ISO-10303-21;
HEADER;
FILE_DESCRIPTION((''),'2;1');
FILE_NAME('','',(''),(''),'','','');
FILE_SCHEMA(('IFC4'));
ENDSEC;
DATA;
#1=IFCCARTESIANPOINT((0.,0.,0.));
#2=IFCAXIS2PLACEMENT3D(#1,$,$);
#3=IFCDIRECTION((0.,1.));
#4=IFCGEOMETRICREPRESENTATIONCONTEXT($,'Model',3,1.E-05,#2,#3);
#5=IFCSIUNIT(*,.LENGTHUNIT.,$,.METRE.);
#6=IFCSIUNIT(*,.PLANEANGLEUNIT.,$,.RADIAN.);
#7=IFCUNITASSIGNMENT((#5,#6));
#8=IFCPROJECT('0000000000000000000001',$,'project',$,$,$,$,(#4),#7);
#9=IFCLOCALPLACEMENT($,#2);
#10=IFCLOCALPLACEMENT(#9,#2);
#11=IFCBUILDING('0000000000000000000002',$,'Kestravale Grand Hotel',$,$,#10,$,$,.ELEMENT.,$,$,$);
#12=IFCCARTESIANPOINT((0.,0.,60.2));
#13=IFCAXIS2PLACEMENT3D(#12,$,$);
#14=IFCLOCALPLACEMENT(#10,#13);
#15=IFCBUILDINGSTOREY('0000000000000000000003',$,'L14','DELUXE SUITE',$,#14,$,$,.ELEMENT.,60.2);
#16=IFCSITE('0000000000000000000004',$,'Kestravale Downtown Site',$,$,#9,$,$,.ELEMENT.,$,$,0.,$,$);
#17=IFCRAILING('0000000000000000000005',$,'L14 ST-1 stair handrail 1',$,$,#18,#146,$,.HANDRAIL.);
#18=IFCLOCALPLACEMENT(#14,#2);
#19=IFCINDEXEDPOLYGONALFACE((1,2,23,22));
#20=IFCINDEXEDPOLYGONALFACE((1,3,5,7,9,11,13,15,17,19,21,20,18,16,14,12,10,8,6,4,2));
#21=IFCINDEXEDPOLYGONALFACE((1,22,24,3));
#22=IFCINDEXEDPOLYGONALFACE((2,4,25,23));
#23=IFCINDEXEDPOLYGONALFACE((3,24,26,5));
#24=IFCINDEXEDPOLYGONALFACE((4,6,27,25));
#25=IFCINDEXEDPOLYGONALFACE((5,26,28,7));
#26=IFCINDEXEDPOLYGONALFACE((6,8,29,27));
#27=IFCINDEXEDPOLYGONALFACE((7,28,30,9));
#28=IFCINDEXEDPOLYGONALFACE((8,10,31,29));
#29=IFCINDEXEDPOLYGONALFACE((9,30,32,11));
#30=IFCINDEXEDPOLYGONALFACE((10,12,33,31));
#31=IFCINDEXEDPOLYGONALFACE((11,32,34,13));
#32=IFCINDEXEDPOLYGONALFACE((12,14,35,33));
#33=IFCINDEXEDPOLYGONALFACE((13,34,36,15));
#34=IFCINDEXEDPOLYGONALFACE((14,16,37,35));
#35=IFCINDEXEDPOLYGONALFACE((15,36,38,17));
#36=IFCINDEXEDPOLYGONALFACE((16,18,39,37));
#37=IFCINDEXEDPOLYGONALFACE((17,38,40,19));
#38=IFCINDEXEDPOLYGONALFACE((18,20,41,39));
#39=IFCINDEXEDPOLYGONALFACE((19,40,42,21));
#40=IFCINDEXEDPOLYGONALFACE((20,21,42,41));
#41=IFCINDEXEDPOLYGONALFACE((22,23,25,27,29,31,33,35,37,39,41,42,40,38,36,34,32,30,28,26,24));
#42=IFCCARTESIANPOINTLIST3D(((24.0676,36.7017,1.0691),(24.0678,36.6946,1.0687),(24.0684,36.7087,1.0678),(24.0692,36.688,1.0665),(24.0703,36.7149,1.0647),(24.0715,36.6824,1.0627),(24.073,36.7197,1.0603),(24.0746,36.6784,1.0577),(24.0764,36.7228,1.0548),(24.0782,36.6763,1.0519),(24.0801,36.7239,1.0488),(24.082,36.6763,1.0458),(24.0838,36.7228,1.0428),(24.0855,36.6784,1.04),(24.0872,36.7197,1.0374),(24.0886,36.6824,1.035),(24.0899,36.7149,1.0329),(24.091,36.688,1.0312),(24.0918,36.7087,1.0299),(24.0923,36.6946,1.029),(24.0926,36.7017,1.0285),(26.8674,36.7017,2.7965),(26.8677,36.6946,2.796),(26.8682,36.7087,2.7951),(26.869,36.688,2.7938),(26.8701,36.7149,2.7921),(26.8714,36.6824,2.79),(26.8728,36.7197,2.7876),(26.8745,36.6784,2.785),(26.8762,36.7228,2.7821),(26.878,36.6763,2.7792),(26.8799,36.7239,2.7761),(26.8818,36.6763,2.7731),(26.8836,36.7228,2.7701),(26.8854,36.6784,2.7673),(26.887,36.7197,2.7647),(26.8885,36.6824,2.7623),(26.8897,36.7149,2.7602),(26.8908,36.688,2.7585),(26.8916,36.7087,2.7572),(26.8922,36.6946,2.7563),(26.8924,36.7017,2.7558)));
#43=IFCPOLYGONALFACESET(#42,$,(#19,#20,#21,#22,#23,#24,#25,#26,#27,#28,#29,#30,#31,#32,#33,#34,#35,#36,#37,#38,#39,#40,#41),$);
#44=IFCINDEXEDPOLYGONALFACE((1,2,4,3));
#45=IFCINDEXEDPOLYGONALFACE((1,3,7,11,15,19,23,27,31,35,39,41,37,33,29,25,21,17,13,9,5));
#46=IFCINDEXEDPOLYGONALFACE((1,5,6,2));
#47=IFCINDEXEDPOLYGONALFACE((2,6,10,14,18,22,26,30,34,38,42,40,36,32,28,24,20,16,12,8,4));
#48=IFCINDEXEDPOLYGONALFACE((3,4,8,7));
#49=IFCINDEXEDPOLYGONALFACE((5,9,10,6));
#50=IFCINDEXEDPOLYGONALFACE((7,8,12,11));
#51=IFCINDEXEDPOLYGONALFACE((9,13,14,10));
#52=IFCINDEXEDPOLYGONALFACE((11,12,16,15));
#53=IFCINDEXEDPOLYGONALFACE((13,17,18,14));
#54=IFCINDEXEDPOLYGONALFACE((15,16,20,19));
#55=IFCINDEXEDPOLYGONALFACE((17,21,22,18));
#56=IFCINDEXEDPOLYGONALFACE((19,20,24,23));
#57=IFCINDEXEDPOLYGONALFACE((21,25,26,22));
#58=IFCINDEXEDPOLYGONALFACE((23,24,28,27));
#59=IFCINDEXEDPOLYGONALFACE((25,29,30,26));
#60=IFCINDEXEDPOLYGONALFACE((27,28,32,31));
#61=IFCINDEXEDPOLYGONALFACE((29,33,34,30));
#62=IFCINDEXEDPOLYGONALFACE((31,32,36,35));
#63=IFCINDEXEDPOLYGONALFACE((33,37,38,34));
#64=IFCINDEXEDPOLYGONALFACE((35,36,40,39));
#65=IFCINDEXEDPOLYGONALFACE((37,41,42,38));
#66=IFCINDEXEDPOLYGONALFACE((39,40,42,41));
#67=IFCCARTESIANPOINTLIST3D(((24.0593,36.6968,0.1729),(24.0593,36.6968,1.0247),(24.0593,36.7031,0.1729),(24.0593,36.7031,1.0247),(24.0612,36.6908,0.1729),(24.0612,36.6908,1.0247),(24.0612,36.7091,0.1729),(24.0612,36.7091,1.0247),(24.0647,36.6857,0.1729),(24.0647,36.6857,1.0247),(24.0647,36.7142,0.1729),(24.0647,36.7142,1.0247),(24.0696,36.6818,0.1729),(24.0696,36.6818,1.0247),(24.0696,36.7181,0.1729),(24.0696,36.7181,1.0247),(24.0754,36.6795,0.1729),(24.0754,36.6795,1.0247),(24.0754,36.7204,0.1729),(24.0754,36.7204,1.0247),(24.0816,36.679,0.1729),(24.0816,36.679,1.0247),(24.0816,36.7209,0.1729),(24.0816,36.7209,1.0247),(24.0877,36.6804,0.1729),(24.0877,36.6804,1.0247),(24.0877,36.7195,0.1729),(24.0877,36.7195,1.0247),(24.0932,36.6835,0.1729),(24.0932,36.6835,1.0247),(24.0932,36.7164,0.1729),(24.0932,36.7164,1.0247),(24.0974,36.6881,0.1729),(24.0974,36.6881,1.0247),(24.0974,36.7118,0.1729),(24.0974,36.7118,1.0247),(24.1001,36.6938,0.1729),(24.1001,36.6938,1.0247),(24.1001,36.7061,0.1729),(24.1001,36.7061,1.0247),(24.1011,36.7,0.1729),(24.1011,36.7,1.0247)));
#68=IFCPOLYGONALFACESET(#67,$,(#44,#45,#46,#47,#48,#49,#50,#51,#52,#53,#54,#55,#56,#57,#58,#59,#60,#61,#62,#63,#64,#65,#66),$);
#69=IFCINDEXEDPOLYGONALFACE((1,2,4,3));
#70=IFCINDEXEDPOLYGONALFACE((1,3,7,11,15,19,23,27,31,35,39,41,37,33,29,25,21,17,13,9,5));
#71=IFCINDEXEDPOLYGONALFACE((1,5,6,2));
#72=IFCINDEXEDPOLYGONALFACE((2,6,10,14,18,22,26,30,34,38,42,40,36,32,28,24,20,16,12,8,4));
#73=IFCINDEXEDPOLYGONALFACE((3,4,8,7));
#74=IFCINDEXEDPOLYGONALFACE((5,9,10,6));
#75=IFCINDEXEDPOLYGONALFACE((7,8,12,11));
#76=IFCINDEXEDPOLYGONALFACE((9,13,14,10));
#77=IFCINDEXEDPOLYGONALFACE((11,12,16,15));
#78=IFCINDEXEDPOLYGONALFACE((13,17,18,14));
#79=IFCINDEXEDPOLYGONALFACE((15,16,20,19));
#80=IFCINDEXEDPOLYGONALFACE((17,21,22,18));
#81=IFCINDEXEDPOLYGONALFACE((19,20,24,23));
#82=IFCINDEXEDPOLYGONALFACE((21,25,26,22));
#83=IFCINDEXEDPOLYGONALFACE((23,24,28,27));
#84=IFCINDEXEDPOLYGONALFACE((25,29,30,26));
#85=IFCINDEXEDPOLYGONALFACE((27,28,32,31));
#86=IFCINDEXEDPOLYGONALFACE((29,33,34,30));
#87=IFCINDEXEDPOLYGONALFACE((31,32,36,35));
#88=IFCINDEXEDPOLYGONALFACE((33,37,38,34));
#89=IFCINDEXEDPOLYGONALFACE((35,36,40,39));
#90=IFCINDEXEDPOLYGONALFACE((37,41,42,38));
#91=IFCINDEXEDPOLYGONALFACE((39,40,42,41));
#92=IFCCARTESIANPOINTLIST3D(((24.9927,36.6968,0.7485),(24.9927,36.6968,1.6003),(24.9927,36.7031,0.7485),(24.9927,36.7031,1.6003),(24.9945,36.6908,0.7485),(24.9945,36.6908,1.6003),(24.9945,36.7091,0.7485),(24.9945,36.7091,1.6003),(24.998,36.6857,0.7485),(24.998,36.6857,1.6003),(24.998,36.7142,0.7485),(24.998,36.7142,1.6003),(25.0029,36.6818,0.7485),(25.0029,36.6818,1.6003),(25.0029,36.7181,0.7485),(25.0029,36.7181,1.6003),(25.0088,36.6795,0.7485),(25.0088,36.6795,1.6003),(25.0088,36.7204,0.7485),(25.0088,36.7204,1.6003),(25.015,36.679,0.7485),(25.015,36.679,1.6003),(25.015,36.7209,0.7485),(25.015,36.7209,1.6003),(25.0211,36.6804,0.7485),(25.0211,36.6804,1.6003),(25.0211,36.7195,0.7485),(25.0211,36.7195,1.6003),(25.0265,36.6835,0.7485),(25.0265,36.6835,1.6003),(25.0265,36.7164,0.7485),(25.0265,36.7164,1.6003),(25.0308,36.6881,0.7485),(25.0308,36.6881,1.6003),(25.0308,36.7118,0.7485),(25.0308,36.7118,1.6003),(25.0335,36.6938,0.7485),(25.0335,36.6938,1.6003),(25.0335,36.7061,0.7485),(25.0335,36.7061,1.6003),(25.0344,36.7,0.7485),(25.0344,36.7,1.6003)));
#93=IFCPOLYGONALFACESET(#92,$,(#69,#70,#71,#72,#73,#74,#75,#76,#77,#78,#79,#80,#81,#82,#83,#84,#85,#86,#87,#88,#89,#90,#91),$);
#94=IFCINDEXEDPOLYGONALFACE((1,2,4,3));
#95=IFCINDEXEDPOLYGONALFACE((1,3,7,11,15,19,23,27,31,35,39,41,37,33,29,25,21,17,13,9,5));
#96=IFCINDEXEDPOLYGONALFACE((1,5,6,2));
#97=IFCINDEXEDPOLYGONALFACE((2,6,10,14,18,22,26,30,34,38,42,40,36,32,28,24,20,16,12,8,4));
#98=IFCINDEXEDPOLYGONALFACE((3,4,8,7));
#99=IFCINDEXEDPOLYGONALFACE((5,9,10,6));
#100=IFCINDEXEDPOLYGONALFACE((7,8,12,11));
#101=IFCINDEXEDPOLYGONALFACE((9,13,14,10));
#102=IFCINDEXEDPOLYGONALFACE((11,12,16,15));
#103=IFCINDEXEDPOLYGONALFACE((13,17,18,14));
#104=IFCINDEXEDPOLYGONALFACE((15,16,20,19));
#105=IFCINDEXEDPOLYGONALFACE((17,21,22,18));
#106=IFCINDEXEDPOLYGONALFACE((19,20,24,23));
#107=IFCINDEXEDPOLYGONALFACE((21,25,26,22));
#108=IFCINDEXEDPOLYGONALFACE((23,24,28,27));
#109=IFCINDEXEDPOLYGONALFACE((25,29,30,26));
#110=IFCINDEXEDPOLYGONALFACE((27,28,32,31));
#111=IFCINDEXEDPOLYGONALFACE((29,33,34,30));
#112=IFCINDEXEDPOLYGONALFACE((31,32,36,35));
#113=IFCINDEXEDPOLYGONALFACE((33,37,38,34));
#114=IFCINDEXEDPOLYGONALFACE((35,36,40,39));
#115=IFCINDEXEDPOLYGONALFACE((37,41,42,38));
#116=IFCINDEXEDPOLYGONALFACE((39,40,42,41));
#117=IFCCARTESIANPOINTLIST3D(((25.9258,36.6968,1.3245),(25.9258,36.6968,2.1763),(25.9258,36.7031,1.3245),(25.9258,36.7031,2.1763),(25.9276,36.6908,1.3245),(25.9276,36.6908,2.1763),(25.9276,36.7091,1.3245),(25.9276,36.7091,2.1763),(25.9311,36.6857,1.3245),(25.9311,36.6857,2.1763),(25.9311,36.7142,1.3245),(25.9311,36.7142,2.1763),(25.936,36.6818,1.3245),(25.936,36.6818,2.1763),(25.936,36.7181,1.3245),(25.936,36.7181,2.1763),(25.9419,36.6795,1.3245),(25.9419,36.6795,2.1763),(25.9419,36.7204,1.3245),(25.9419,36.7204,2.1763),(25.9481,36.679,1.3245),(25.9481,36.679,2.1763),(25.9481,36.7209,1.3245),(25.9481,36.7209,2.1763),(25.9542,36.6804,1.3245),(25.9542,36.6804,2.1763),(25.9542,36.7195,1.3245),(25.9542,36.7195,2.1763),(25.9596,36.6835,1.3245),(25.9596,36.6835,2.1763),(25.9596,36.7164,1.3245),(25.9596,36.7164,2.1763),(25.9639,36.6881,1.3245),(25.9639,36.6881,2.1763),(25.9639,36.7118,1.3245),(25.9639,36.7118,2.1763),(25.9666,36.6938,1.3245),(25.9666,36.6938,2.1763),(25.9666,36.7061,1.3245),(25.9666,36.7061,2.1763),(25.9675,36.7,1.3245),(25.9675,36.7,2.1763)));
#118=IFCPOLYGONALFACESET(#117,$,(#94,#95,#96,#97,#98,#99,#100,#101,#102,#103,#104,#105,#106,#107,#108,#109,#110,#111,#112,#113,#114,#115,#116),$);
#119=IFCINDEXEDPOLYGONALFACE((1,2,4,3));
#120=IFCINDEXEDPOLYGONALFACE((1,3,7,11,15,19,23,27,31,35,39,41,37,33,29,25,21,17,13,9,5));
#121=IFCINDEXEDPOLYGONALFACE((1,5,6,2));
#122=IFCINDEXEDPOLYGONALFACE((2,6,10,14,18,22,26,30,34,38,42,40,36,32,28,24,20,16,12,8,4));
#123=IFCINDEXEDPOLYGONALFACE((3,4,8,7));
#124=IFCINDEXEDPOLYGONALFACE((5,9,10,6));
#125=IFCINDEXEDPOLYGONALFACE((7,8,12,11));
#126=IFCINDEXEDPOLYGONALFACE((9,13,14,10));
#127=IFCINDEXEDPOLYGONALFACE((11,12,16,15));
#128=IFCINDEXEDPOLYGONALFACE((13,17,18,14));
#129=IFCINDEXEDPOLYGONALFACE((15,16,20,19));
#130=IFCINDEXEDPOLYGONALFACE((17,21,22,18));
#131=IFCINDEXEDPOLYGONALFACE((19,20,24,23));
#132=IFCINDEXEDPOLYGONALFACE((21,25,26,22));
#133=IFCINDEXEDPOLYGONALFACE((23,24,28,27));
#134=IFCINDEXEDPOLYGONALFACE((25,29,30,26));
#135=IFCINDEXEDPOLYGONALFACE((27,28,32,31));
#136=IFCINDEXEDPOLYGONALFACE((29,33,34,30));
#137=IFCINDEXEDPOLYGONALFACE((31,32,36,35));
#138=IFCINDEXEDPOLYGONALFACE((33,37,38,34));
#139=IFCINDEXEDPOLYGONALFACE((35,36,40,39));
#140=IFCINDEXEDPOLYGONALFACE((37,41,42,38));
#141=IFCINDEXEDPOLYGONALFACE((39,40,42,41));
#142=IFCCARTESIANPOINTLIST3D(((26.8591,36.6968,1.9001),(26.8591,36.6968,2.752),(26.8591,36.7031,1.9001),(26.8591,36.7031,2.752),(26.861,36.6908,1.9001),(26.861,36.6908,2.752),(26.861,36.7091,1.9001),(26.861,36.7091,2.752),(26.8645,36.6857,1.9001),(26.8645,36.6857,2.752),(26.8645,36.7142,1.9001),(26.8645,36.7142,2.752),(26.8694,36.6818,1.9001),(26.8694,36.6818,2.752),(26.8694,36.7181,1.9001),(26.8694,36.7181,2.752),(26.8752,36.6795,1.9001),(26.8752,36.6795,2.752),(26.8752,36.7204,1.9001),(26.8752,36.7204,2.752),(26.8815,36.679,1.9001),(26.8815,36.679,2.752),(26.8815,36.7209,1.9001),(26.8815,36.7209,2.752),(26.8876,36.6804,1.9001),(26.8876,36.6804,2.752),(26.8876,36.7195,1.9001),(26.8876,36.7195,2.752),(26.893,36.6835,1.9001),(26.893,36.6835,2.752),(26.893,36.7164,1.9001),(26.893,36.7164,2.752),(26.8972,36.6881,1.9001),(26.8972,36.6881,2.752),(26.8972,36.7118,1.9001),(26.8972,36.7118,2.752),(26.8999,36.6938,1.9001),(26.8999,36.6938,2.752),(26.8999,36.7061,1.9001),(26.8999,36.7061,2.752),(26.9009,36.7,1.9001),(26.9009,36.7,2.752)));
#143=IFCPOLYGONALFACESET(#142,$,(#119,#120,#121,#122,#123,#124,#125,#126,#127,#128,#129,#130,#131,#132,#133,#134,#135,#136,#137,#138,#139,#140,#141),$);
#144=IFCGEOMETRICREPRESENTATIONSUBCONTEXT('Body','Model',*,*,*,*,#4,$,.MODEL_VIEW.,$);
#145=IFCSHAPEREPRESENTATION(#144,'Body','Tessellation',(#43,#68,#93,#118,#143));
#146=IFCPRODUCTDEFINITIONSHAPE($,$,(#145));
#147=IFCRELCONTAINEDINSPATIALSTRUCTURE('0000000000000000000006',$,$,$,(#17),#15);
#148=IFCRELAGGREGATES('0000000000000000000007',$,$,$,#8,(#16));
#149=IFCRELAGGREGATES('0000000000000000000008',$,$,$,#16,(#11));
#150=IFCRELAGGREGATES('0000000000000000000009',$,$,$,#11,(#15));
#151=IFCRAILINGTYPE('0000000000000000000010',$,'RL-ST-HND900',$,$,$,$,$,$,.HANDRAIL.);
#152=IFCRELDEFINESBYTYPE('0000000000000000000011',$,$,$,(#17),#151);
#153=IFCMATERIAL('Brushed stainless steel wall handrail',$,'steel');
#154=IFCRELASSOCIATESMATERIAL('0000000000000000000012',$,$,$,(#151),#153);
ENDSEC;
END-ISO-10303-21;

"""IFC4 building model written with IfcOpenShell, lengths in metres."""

from ifc_helpers import new_model, si_unit, direction, frame, origin, origin_2d, place, context, subcontext, project, spatial, circle, extrude, material, type_object, element, save


model = new_model("IFC4")

# Units and contexts
model_context = context("Model", 3, precision=1e-05, world=origin(), true_north=direction((0.0, 1.0)))
body_context = subcontext(model_context, "Body", "Model", "MODEL_VIEW")
ifc_project = project(units=[si_unit("LENGTHUNIT", "METRE"), si_unit("PLANEANGLEUNIT", "RADIAN")], contexts=[model_context])

# Site, building, storey
site_placement = place(None, origin())
site = spatial("IfcSite", under=ifc_project, at=site_placement, Name="Kestravale Downtown Site", CompositionType="ELEMENT", RefElevation=0.0)
building_placement = place(site_placement, origin())
building = spatial("IfcBuilding", under=site, at=building_placement, Name="Kestravale Grand Hotel", CompositionType="ELEMENT")
storey_placement = place(building_placement, frame((0.0, 0.0, 60.2)))
storey = spatial("IfcBuildingStorey", under=building, at=storey_placement, Name="L14", Description="DELUXE SUITE", CompositionType="ELEMENT", Elevation=60.2)

# Railing
ifc_material_1 = material(Name="Brushed stainless steel wall handrail", Category="steel")
railing_type_1 = type_object("IfcRailingType", Name="RL-ST-HND900", PredefinedType="HANDRAIL", material=ifc_material_1)
railing_1_placement = place(storey_placement, frame((24.0801, 36.7, 0.1729)))
element("IfcRailing", 1, at=railing_1_placement, inside=storey, type_object=railing_type_1, Name="L14 ST-1 stair handrail 1", PredefinedType="HANDRAIL", context=body_context, shape_type="SweptSolid", body=[
    extrude(circle(Radius=0.0239, at=origin_2d()), frame((0.0, 0.0, 0.876), z_axis=(0.851069, 0.0, 0.525054), x_axis=(0.0, 1.0, 0.0)), (0.0, 0.0, 1.0), 3.2898),
    extrude(circle(Radius=0.021, at=origin_2d()), origin(), (0.0, 0.0, 1.0), 0.8518),
    extrude(circle(Radius=0.021, at=origin_2d()), frame((0.9333, 0.0, 0.5757)), (0.0, 0.0, 1.0), 0.8518),
    extrude(circle(Radius=0.021, at=origin_2d()), frame((1.8665, 0.0, 1.1516)), (0.0, 0.0, 1.0), 0.8518),
    extrude(circle(Radius=0.021, at=origin_2d()), frame((2.7998, 0.0, 1.7273)), (0.0, 0.0, 1.0), 0.8518),
])

save(model, "model.ifc")
